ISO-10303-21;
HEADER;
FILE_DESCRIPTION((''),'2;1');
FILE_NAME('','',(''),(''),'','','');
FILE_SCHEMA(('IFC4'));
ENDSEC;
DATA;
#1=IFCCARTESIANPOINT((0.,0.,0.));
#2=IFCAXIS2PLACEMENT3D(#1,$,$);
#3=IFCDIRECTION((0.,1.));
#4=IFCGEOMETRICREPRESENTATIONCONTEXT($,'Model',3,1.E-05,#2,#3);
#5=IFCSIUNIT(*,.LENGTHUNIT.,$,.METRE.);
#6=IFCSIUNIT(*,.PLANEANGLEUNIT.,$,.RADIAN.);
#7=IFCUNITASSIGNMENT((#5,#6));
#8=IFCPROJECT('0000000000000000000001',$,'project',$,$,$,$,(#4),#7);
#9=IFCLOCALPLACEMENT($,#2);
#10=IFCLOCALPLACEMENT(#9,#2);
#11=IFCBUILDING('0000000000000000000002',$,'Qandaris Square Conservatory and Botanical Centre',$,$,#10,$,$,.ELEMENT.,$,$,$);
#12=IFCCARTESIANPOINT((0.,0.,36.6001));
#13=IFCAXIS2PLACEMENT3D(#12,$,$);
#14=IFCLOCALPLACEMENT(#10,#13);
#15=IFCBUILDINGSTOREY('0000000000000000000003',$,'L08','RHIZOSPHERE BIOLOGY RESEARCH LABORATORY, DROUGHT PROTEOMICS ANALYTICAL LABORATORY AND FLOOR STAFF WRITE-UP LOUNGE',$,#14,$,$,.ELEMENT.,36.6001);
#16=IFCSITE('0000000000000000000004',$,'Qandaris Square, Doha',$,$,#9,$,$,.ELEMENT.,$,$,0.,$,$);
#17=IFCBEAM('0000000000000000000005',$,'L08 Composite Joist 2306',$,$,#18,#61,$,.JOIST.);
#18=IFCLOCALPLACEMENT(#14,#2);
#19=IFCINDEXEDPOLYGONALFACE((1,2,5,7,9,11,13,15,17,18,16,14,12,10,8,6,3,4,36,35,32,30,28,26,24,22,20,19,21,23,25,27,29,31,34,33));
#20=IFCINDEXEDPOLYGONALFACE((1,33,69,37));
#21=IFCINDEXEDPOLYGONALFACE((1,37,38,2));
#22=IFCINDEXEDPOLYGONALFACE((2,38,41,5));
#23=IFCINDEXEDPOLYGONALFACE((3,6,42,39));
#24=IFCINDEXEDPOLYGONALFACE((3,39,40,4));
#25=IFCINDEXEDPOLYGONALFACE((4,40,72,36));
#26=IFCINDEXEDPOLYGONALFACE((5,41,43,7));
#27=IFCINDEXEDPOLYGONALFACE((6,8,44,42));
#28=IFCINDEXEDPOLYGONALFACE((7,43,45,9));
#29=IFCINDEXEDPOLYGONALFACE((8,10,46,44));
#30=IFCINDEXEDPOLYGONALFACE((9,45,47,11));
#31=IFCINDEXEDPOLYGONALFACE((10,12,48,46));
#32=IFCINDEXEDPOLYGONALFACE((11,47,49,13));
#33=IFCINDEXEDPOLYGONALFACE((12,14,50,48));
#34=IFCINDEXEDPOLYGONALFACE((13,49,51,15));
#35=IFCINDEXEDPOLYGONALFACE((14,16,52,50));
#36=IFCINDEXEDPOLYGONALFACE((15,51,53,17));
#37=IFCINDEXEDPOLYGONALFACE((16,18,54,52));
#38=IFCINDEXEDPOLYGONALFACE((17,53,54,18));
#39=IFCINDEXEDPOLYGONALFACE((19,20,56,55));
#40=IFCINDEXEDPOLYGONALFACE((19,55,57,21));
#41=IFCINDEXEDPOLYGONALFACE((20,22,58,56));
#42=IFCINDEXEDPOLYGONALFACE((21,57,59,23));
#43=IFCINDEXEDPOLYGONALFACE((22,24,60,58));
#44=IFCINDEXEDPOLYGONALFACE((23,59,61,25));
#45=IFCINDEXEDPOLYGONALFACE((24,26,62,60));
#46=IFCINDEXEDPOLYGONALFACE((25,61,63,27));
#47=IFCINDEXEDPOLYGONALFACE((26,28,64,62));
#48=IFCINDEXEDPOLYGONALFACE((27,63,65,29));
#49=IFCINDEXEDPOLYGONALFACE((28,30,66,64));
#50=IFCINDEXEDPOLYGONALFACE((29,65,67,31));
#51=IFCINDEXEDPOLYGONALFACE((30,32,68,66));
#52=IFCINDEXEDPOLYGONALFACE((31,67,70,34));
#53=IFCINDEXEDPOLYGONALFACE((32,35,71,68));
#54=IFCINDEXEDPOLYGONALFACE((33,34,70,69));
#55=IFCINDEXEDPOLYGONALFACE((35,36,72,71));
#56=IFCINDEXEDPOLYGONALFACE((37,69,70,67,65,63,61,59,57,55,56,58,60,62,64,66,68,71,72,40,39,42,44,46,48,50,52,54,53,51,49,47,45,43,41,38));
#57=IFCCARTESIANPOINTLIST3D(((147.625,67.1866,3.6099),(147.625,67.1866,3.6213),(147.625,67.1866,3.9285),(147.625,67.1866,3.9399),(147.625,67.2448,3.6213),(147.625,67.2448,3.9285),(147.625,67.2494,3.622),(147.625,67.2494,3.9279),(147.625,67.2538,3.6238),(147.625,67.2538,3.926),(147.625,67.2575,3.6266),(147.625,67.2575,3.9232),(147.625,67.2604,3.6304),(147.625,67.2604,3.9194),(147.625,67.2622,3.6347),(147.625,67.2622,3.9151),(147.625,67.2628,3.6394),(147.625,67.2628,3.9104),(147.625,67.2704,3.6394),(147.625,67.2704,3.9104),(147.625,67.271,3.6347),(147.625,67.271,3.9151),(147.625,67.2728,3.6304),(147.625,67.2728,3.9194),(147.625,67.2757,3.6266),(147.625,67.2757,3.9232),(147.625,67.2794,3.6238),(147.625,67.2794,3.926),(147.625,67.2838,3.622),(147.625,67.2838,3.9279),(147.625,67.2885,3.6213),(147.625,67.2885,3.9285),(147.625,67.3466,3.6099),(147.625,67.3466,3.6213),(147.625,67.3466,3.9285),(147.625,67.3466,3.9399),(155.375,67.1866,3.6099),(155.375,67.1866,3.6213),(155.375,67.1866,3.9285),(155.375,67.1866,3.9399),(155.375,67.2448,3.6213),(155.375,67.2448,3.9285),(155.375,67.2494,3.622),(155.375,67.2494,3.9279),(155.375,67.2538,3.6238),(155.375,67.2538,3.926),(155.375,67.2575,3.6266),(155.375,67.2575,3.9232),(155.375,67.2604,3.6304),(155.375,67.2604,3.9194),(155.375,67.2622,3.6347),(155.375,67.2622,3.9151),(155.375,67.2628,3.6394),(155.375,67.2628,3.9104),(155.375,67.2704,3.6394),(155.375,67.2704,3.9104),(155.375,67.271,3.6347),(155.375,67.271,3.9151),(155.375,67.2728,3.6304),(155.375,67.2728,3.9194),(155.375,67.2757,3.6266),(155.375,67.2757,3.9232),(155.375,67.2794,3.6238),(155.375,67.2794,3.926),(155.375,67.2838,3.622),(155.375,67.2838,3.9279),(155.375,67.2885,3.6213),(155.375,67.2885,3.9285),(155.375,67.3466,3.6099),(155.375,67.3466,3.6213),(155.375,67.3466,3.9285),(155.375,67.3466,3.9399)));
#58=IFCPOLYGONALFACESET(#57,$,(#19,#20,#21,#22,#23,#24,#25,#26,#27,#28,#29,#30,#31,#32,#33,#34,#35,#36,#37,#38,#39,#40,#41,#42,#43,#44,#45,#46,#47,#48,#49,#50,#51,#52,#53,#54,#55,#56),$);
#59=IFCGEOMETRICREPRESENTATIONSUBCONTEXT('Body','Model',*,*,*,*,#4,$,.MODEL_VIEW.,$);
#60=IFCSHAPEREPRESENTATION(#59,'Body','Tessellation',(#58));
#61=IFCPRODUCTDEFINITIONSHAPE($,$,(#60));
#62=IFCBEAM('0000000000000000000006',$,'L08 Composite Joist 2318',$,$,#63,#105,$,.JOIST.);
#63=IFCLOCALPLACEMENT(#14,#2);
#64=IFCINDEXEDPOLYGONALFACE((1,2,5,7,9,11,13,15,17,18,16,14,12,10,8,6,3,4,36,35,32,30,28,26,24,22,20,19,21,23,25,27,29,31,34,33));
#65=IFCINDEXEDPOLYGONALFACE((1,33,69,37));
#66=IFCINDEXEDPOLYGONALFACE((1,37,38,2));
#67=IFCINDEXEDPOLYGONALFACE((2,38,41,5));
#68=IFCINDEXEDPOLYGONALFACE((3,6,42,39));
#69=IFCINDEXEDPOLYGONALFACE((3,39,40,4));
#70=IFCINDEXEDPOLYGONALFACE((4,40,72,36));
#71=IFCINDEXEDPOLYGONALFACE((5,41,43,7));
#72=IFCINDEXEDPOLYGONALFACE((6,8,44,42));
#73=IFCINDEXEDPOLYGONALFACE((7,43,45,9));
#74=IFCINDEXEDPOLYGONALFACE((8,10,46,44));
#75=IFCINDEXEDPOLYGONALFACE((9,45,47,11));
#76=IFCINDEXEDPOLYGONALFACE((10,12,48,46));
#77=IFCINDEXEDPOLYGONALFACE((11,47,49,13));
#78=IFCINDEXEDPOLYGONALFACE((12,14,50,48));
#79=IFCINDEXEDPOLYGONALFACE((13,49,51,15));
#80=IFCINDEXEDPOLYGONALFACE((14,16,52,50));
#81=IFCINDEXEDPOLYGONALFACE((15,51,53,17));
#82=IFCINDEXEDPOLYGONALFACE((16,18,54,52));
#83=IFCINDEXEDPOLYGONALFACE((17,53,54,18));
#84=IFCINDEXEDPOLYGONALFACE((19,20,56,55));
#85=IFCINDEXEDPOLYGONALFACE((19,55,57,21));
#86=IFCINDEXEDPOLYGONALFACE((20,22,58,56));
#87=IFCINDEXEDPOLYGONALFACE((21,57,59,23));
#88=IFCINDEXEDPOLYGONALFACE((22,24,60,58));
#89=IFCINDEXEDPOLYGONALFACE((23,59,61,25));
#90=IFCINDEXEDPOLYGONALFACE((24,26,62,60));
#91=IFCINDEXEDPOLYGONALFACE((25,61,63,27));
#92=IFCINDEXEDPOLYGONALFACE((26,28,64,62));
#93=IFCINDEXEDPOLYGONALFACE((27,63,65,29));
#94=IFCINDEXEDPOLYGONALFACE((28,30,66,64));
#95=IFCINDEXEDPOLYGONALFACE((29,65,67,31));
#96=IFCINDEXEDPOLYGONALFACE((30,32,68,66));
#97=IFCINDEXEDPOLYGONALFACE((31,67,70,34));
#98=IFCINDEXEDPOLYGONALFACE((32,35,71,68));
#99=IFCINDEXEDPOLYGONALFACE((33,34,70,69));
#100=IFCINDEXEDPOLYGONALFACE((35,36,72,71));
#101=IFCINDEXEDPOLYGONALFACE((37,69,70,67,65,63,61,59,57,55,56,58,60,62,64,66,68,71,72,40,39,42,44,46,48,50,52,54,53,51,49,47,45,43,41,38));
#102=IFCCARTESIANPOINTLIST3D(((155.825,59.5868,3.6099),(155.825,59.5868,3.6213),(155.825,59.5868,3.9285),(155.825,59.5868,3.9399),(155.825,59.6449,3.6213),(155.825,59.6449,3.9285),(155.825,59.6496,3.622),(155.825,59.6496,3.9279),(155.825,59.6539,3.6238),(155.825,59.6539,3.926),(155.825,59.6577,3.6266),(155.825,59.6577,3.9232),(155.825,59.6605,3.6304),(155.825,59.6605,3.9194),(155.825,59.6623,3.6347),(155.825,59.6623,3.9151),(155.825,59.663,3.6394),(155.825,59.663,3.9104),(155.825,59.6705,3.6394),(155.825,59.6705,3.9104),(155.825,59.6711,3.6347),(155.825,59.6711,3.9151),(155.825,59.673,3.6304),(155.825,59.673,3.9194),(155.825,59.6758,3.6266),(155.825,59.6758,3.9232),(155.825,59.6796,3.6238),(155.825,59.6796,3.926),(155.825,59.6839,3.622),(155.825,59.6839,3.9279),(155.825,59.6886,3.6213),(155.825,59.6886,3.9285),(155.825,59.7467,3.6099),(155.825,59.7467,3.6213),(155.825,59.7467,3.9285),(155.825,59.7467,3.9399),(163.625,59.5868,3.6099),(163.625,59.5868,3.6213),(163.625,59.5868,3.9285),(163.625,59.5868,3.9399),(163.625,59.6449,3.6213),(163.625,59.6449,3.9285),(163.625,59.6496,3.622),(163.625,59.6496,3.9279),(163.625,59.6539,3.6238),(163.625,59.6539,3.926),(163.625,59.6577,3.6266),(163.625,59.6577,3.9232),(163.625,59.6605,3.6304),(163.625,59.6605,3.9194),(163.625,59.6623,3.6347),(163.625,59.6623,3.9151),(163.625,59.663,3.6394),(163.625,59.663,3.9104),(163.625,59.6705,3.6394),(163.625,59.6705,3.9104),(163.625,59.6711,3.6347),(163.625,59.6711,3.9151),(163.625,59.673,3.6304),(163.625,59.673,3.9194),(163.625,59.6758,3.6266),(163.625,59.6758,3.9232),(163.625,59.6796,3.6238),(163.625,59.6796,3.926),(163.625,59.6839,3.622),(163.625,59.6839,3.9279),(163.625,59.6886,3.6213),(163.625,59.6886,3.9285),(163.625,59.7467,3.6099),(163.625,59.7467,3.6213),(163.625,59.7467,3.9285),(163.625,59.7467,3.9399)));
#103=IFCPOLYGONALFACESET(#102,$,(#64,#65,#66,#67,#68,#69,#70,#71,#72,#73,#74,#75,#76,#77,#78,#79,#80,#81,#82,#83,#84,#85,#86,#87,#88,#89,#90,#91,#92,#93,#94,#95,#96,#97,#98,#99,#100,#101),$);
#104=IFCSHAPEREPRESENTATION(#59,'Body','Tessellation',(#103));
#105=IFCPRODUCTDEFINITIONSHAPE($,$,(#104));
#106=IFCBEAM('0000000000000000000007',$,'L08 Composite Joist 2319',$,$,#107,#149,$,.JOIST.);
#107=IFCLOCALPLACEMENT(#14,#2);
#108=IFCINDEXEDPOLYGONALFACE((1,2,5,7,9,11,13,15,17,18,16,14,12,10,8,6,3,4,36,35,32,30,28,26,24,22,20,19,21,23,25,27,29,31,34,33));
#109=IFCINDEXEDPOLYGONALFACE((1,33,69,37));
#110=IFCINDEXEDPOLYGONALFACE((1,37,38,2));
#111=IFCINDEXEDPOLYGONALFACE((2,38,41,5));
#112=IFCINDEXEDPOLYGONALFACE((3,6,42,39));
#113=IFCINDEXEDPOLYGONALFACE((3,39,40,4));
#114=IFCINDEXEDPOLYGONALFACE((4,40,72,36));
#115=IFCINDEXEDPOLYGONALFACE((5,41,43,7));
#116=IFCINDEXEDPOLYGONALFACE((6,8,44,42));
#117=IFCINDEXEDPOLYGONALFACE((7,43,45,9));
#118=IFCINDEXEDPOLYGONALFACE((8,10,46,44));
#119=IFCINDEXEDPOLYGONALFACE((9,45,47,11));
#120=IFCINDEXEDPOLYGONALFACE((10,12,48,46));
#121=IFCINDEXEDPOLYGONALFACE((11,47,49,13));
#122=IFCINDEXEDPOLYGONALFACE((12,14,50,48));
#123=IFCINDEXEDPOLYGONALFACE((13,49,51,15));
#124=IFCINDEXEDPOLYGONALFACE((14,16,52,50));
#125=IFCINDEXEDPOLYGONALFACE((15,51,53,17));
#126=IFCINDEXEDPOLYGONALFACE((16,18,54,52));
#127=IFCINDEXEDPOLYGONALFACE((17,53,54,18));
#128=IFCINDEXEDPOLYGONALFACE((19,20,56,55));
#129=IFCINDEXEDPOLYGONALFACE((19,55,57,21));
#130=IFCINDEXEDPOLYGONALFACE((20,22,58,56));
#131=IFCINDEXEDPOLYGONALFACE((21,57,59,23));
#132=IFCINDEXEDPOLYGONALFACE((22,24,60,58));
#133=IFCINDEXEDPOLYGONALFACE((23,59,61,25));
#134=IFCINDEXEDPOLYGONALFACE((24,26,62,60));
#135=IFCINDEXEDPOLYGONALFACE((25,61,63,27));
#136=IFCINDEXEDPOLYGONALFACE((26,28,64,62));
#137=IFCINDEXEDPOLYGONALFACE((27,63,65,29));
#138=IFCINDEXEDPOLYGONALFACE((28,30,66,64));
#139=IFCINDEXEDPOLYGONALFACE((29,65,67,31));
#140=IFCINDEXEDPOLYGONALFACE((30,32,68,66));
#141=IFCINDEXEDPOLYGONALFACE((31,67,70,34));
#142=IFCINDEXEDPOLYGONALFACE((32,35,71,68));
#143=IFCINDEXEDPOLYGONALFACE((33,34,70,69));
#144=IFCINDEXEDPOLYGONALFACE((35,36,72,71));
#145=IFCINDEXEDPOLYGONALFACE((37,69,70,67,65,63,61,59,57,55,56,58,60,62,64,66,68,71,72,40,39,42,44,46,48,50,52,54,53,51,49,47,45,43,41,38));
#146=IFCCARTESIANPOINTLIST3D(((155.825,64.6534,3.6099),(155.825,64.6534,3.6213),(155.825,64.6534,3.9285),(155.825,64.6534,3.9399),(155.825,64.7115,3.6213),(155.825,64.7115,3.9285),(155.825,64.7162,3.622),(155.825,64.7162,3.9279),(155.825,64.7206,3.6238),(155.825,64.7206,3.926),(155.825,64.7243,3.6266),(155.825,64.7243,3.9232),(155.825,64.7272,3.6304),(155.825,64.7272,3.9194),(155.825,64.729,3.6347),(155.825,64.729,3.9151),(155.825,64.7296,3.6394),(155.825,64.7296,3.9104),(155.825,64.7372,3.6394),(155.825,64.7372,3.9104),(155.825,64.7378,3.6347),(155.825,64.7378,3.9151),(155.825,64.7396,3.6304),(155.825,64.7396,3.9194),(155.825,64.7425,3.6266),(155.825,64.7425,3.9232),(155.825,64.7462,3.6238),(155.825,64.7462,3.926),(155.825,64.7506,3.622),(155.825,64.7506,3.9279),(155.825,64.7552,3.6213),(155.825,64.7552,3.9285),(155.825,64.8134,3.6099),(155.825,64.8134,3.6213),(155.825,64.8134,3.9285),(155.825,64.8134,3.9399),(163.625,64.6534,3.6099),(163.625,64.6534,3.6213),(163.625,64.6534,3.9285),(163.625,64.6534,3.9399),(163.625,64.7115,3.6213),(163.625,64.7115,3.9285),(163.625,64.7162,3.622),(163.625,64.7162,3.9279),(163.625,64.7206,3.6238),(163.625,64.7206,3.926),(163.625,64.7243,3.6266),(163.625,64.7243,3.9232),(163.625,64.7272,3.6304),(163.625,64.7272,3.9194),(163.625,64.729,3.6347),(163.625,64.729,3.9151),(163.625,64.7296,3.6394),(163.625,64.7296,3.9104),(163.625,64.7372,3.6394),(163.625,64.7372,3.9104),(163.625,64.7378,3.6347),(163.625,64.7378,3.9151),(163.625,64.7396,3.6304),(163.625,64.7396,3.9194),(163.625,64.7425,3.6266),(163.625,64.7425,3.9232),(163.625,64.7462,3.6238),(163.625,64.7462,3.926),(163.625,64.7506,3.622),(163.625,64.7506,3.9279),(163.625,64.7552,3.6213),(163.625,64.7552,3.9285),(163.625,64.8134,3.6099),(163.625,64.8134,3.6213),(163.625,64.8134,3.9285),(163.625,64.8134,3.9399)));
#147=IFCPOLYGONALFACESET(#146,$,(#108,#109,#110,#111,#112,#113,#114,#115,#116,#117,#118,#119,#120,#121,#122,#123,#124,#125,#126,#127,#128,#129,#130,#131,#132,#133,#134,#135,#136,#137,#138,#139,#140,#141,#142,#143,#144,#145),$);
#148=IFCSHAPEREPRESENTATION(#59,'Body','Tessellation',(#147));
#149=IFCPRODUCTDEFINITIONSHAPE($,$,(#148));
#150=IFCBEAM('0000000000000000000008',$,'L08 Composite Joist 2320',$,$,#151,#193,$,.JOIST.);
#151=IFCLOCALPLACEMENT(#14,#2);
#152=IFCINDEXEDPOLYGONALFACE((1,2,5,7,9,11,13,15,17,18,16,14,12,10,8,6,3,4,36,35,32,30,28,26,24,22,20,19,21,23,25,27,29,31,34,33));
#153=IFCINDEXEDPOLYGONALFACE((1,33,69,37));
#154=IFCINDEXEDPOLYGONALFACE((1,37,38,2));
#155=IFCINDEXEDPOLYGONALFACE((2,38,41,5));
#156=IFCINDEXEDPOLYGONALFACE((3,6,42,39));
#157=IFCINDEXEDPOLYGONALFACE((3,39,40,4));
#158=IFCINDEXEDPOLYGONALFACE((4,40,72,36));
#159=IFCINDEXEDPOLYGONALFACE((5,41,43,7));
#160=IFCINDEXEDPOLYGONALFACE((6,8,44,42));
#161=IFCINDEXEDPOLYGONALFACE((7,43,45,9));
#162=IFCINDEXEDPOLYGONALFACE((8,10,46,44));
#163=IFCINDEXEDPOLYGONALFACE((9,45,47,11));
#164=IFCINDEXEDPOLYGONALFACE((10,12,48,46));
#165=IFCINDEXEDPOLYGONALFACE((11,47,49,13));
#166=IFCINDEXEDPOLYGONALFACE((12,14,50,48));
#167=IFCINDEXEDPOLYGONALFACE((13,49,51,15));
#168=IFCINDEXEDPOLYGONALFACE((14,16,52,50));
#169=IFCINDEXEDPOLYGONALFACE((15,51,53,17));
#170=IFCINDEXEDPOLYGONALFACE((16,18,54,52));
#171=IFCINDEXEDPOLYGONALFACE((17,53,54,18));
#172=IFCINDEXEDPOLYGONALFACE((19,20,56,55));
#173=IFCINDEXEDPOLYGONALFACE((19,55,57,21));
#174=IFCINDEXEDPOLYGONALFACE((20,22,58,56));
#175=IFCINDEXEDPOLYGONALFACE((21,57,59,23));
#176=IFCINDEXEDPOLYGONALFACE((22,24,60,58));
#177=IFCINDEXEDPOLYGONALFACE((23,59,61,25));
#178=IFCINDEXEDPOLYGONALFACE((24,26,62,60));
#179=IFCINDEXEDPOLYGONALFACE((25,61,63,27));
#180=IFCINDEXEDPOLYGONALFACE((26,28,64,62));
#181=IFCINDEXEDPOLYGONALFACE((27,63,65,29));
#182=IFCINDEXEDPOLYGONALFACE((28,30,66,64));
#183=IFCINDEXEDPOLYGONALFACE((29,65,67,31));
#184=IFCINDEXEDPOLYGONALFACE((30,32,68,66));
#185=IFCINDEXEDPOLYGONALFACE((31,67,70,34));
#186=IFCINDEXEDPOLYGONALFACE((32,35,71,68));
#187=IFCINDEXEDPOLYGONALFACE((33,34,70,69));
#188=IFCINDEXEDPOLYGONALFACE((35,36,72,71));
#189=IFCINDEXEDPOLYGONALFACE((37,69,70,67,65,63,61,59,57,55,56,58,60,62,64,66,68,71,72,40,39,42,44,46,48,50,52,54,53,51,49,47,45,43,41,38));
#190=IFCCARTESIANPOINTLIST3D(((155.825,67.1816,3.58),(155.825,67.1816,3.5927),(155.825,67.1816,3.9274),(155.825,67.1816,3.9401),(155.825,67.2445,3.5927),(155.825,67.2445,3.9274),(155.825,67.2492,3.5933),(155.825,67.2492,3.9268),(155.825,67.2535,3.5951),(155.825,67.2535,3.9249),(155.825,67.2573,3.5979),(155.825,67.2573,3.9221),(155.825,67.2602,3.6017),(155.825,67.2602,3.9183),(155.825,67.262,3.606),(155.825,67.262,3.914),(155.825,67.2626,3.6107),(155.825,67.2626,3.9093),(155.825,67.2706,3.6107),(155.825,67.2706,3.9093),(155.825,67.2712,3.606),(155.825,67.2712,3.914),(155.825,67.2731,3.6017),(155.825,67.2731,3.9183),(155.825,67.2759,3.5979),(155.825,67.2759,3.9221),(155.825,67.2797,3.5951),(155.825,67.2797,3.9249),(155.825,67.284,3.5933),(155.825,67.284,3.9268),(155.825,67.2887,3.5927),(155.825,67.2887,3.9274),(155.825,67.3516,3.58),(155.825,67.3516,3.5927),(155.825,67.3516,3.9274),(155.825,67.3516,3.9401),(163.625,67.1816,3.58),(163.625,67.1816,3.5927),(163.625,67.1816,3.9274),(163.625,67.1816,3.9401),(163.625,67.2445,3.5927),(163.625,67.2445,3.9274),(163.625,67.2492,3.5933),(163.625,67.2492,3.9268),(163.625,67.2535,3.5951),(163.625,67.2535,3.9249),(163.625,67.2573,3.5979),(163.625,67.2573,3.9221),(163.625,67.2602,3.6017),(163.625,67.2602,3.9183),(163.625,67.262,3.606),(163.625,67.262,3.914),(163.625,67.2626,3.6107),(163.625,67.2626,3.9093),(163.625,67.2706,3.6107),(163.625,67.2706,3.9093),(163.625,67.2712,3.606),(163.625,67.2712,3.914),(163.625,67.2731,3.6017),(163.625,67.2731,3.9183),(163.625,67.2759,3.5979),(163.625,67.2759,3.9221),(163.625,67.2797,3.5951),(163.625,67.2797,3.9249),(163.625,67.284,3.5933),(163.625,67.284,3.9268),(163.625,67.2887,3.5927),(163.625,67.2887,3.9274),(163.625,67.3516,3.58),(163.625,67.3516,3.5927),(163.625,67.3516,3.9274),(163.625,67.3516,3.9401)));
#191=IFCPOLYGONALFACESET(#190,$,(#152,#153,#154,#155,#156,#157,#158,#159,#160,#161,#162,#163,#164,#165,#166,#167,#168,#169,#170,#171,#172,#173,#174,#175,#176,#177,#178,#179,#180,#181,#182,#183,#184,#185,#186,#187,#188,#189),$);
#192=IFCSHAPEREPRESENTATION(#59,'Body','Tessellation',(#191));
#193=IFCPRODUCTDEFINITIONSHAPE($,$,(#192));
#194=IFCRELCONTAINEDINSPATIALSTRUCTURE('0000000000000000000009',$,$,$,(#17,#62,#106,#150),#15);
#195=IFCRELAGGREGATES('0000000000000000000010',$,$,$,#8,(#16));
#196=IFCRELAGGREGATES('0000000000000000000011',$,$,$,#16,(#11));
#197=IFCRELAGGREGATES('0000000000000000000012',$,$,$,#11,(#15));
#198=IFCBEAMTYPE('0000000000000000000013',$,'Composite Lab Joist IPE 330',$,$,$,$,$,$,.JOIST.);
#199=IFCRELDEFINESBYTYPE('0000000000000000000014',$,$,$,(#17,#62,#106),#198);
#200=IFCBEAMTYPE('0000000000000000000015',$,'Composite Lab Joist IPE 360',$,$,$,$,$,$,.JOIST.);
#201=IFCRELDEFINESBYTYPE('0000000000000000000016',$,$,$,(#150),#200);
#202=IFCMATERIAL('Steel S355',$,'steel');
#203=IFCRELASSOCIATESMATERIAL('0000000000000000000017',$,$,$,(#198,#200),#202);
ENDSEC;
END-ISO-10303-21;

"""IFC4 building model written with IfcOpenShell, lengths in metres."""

from ifc_helpers import new_model, si_unit, direction, frame, origin, origin_2d, place, context, subcontext, project, spatial, i_section, extrude, material, material_profile, profile_set, type_object, element, save


model = new_model("IFC4")

# Units and contexts
model_context = context("Model", 3, precision=1e-05, world=origin(), true_north=direction((0.0, 1.0)))
body_context = subcontext(model_context, "Body", "Model", "MODEL_VIEW")
ifc_project = project(units=[si_unit("LENGTHUNIT", "METRE"), si_unit("PLANEANGLEUNIT", "RADIAN")], contexts=[model_context])

# Site, building, storey
site_placement = place(None, origin())
site = spatial("IfcSite", under=ifc_project, at=site_placement, Name="Qandaris Square, Doha", CompositionType="ELEMENT", RefElevation=0.0)
building_placement = place(site_placement, origin())
building = spatial("IfcBuilding", under=site, at=building_placement, Name="Qandaris Square Conservatory and Botanical Centre", CompositionType="ELEMENT")
storey_placement = place(building_placement, frame((0.0, 0.0, 36.6001)))
storey = spatial("IfcBuildingStorey", under=building, at=storey_placement, Name="L08", Description="RHIZOSPHERE BIOLOGY RESEARCH LABORATORY, DROUGHT PROTEOMICS ANALYTICAL LABORATORY AND FLOOR STAFF WRITE-UP LOUNGE", CompositionType="ELEMENT", Elevation=36.6001)

# Beams
ifc_material_1 = material(Name="Steel S355", Category="steel")
ifc_material_profile_1 = material_profile(ifc_material_1, i_section(OverallWidth=0.1599, OverallDepth=0.3301, WebThickness=0.0076, FlangeThickness=0.0115, FilletRadius=0.0181, at=origin_2d()), Name="IPE 330")
ifc_profile_set_1 = profile_set([ifc_material_profile_1], Name="Steel S355")
beam_type_1 = type_object("IfcBeamType", Name="Composite Lab Joist IPE 330", PredefinedType="JOIST", material=ifc_profile_set_1)
beam_1_placement = place(storey_placement, frame((147.625, 67.2666, 3.7749), z_axis=(1.0, 0.0, 0.0), x_axis=(0.0, 1.0, 0.0)))
element("IfcBeam", 1, at=beam_1_placement, inside=storey, type_object=beam_type_1, Name="L08 Composite Joist 2306", PredefinedType="JOIST", context=body_context, shape_type="SweptSolid", body=[
    extrude(i_section(OverallWidth=0.1599, OverallDepth=0.3301, WebThickness=0.0076, FlangeThickness=0.0115, FilletRadius=0.0181, at=origin_2d()), origin(), (0.0, 0.0, 1.0), 7.75),
])
for number, where, z_axis, x_axis, name in (
    (2, (155.825, 59.6667, 3.7749), (1.0, 0.0, 0.0), (0.0, 1.0, 0.0), "L08 Composite Joist 2318"),
    (3, (155.825, 64.7334, 3.7749), (1.0, 0.0, 0.0), (0.0, 1.0, 0.0), "L08 Composite Joist 2319"),
):
    element("IfcBeam", number, at=place(storey_placement, frame(where, z_axis=z_axis, x_axis=x_axis)), inside=storey, type_object=beam_type_1, Name=name, PredefinedType="JOIST", context=body_context, shape_type="SweptSolid", body=[
        extrude(i_section(OverallWidth=0.1599, OverallDepth=0.3301, WebThickness=0.0076, FlangeThickness=0.0115, FilletRadius=0.0181, at=origin_2d()), origin(), (0.0, 0.0, 1.0), 7.8),
    ])
ifc_material_profile_2 = material_profile(ifc_material_1, i_section(OverallWidth=0.1699, OverallDepth=0.3601, WebThickness=0.0081, FlangeThickness=0.0127, FilletRadius=0.0181, at=origin_2d()), Name="IPE 360")
ifc_profile_set_2 = profile_set([ifc_material_profile_2], Name="Steel S355")
beam_type_2 = type_object("IfcBeamType", Name="Composite Lab Joist IPE 360", PredefinedType="JOIST", material=ifc_profile_set_2)
beam_2_placement = place(storey_placement, frame((155.825, 67.2666, 3.76), z_axis=(1.0, 0.0, 0.0), x_axis=(0.0, 1.0, 0.0)))
element("IfcBeam", 4, at=beam_2_placement, inside=storey, type_object=beam_type_2, Name="L08 Composite Joist 2320", PredefinedType="JOIST", context=body_context, shape_type="SweptSolid", body=[
    extrude(i_section(OverallWidth=0.1699, OverallDepth=0.3601, WebThickness=0.0081, FlangeThickness=0.0127, FilletRadius=0.0181, at=origin_2d()), origin(), (0.0, 0.0, 1.0), 7.8),
])

save(model, "model.ifc")
